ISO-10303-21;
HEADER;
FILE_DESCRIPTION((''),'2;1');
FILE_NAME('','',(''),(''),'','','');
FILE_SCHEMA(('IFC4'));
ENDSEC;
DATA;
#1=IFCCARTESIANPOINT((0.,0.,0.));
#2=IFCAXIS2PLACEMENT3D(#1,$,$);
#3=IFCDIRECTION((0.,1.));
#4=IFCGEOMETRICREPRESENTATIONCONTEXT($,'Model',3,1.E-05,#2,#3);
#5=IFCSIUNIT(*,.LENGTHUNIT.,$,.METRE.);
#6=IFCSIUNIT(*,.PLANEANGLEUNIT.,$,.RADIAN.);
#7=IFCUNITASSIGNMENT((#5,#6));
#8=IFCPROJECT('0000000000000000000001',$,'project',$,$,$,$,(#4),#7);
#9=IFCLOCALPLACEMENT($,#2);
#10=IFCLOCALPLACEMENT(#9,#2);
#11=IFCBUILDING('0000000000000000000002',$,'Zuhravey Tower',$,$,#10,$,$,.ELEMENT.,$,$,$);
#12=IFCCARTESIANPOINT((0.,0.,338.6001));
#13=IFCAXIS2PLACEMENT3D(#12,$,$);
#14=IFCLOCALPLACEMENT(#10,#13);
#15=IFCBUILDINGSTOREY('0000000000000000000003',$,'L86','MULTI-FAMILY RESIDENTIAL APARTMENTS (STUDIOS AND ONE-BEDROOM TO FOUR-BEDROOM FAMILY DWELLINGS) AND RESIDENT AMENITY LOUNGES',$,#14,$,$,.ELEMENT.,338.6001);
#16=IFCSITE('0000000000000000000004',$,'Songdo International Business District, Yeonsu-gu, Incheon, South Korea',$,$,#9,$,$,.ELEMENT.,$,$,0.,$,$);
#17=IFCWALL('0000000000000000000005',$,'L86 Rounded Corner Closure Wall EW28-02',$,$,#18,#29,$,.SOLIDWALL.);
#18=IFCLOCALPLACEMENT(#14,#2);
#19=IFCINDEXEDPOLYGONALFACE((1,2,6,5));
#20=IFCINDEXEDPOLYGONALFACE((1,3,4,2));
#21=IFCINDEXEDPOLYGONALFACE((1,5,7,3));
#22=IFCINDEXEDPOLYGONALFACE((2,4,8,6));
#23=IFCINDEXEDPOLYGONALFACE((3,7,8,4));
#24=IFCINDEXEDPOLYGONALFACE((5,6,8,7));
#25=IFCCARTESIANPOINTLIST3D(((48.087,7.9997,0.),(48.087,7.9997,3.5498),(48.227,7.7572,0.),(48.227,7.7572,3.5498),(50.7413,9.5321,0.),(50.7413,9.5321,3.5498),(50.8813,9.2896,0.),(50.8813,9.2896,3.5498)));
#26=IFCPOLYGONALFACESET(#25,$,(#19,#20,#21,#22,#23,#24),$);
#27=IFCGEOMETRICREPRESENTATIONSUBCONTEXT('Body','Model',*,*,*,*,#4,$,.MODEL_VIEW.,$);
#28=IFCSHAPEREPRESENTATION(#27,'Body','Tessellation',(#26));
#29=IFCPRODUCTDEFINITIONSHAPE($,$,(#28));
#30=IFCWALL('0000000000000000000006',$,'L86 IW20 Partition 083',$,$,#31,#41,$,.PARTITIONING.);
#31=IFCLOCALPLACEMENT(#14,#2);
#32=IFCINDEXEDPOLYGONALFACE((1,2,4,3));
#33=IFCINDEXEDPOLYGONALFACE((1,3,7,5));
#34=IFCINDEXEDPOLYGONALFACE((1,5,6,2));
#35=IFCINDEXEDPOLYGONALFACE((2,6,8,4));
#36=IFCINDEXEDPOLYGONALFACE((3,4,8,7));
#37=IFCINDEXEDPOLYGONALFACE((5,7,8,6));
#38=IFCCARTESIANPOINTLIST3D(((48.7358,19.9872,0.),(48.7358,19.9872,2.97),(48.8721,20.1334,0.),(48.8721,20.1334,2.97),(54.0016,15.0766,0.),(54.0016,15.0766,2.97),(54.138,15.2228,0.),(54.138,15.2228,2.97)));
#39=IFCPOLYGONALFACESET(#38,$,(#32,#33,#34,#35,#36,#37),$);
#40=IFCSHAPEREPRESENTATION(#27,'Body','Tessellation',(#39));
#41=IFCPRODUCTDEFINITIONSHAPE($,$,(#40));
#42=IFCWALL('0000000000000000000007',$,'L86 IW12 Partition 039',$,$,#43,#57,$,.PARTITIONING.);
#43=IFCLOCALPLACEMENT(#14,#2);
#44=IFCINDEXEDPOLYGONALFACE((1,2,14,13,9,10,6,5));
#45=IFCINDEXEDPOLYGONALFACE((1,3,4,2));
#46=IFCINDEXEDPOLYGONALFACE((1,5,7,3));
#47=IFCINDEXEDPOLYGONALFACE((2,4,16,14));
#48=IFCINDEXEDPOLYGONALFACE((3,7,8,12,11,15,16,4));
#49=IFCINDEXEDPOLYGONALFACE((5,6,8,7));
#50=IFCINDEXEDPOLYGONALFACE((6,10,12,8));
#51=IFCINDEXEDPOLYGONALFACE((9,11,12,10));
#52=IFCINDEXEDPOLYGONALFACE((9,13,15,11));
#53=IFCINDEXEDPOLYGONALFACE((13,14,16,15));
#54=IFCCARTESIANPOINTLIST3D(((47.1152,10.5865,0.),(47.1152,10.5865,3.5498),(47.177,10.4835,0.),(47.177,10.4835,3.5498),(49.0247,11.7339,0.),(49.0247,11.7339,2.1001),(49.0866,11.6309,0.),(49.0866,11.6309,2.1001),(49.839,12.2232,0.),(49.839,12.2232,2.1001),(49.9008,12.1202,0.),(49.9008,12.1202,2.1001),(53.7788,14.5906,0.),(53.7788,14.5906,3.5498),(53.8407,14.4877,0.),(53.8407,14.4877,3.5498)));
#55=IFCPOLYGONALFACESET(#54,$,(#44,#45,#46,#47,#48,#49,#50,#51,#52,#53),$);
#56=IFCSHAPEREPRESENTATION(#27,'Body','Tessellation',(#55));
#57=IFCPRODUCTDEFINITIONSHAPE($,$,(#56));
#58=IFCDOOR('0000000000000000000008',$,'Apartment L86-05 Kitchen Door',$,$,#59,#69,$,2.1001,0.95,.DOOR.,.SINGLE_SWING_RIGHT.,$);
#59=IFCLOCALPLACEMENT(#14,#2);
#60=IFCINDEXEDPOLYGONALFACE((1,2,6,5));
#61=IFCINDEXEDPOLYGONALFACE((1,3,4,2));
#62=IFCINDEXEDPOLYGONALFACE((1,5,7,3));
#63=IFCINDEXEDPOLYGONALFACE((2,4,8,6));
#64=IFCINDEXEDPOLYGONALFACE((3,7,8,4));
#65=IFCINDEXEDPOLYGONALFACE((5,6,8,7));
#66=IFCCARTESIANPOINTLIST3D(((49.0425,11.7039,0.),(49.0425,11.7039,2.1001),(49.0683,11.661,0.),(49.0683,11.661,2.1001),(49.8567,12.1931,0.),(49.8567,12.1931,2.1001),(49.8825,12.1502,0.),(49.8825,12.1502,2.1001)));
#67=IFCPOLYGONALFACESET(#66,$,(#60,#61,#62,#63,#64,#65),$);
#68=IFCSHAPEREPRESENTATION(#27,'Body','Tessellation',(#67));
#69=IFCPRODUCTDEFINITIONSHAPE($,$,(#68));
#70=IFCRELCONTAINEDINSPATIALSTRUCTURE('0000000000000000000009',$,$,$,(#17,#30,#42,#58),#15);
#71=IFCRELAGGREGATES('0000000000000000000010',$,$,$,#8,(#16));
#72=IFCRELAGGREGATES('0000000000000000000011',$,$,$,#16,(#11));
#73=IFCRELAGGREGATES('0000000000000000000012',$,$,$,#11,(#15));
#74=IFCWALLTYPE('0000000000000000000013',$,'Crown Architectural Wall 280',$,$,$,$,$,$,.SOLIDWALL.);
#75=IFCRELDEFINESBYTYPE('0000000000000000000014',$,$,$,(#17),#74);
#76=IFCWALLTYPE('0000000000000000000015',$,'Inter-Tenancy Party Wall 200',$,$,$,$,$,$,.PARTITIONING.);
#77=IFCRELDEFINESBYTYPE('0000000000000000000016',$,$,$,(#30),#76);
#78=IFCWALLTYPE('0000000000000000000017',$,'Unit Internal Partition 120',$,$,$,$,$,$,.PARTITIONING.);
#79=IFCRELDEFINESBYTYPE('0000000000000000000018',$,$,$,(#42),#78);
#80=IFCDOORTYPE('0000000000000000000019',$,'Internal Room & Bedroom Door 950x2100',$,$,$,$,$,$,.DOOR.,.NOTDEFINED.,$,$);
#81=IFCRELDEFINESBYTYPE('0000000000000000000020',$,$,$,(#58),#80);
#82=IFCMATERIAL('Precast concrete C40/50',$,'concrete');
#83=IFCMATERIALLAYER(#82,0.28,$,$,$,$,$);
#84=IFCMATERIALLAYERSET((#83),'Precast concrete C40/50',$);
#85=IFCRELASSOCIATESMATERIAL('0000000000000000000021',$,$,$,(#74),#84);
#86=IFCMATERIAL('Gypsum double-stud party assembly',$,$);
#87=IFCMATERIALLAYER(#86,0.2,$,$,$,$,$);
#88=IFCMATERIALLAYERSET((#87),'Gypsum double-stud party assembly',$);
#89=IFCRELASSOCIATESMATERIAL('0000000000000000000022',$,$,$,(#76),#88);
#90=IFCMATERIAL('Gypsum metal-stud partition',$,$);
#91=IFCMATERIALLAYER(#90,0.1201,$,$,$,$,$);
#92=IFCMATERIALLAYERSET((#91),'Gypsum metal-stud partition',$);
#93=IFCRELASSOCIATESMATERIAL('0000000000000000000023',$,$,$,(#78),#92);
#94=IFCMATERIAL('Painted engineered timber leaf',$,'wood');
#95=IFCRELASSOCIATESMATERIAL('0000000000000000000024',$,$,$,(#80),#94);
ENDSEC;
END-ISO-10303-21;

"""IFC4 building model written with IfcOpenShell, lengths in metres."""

from ifc_helpers import new_model, si_unit, direction, frame, frame_2d, origin, place, context, subcontext, project, spatial, rectangle, extrude, material, layer, layer_set, type_object, element, fill, save


model = new_model("IFC4")

# Units and contexts
model_context = context("Model", 3, precision=1e-05, world=origin(), true_north=direction((0.0, 1.0)))
body_context = subcontext(model_context, "Body", "Model", "MODEL_VIEW")
ifc_project = project(units=[si_unit("LENGTHUNIT", "METRE"), si_unit("PLANEANGLEUNIT", "RADIAN")], contexts=[model_context])

# Site, building, storey
site_placement = place(None, origin())
site = spatial("IfcSite", under=ifc_project, at=site_placement, Name="Songdo International Business District, Yeonsu-gu, Incheon, South Korea", CompositionType="ELEMENT", RefElevation=0.0)
building_placement = place(site_placement, origin())
building = spatial("IfcBuilding", under=site, at=building_placement, Name="Zuhravey Tower", CompositionType="ELEMENT")
storey_placement = place(building_placement, frame((0.0, 0.0, 338.6001)))
storey = spatial("IfcBuildingStorey", under=building, at=storey_placement, Name="L86", Description="MULTI-FAMILY RESIDENTIAL APARTMENTS (STUDIOS AND ONE-BEDROOM TO FOUR-BEDROOM FAMILY DWELLINGS) AND RESIDENT AMENITY LOUNGES", CompositionType="ELEMENT", Elevation=338.6001)

# Shared definitions
ifc_material_1 = material(Name="Precast concrete C40/50", Category="concrete")
ifc_layer_1 = layer(ifc_material_1, 0.28)
ifc_layer_set_1 = layer_set([ifc_layer_1], Name="Precast concrete C40/50")
wall_type_1 = type_object("IfcWallType", Name="Crown Architectural Wall 280", PredefinedType="SOLIDWALL", material=ifc_layer_set_1)

# Walls
wall_1_placement = place(storey_placement, frame((50.8113, 9.4109, 0.0), z_axis=(0.0, 0.0, 1.0), x_axis=(-0.866024, -0.500003, 0.0)))
element("IfcWall", 1, at=wall_1_placement, inside=storey, type_object=wall_type_1, Name="L86 Rounded Corner Closure Wall EW28-02", PredefinedType="SOLIDWALL", context=body_context, shape_type="SweptSolid", body=[
    extrude(rectangle(XDim=3.0649, YDim=0.28, at=frame_2d((1.5325, 0.0))), origin(), (0.0, 0.0, 1.0), 3.5498),
])
ifc_material_2 = material(Name="Gypsum double-stud party assembly")
ifc_layer_2 = layer(ifc_material_2, 0.2)
ifc_layer_set_2 = layer_set([ifc_layer_2], Name="Gypsum double-stud party assembly")
wall_type_2 = type_object("IfcWallType", Name="Inter-Tenancy Party Wall 200", PredefinedType="PARTITIONING", material=ifc_layer_set_2)
wall_2_placement = place(storey_placement, frame((48.804, 20.0603, 0.0), z_axis=(0.0, 0.0, 1.0), x_axis=(0.731344, -0.682009, 0.0)))
element("IfcWall", 2, at=wall_2_placement, inside=storey, type_object=wall_type_2, Name="L86 IW20 Partition 083", PredefinedType="PARTITIONING", context=body_context, shape_type="SweptSolid", body=[
    extrude(rectangle(XDim=7.2002, YDim=0.2, at=frame_2d((3.6001, 0.0))), origin(), (0.0, 0.0, 1.0), 2.97),
])

# Wall, opening, door
ifc_material_3 = material(Name="Gypsum metal-stud partition")
ifc_layer_3 = layer(ifc_material_3, 0.1201)
ifc_layer_set_3 = layer_set([ifc_layer_3], Name="Gypsum metal-stud partition")
wall_type_3 = type_object("IfcWallType", Name="Unit Internal Partition 120", PredefinedType="PARTITIONING", material=ifc_layer_set_3)
wall_3_placement = place(storey_placement, frame((47.146, 10.5349, 0.0), z_axis=(0.0, 0.0, 1.0), x_axis=(0.857152, 0.515064, 0.0)))
wall_3 = element("IfcWall", 3, at=wall_3_placement, inside=storey, type_object=wall_type_3, Name="L86 IW12 Partition 039", PredefinedType="PARTITIONING", context=body_context, shape_type="SweptSolid", body=[
    extrude(rectangle(XDim=7.7742, YDim=0.1201, at=frame_2d((3.8872, 0.0))), origin(), (0.0, 0.0, 1.0), 3.5498),
])
opening_1_placement = place(wall_3_placement, frame((2.2278, 0.0, 0.0)))
opening_1 = element("IfcOpeningElement", 4, at=opening_1_placement, cuts=wall_3, PredefinedType="OPENING", context=body_context, shape_type="SweptSolid", body=[
    extrude(rectangle(XDim=0.95, YDim=2.1001, at=frame_2d((0.4751, 1.05))), frame((0.0, 0.072, 0.0), z_axis=(0.0, -1.0, 0.0), x_axis=(1.0, 0.0, 0.0)), (0.0, 0.0, 1.0), 0.144),
])
ifc_material_4 = material(Name="Painted engineered timber leaf", Category="wood")
door_type_1 = type_object("IfcDoorType", Name="Internal Room & Bedroom Door 950x2100", OperationType="NOTDEFINED", PredefinedType="DOOR", material=ifc_material_4)
door_1_placement = place(opening_1_placement, frame((0.95, 0.0, 0.0), z_axis=(0.0, 0.0, 1.0), x_axis=(-1.0, 0.0, 0.0)))
door_1 = element("IfcDoor", 5, at=door_1_placement, inside=storey, type_object=door_type_1, Name="Apartment L86-05 Kitchen Door", OperationType="SINGLE_SWING_RIGHT", OverallHeight=2.1001, OverallWidth=0.95, PredefinedType="DOOR", context=body_context, shape_type="SweptSolid", body=[
    extrude(rectangle(XDim=0.95, YDim=2.1001, at=frame_2d((0.4751, 1.05))), frame((0.0, 0.0249, 0.0), z_axis=(0.0, -1.0, 0.0), x_axis=(1.0, 0.0, 0.0)), (0.0, 0.0, 1.0), 0.05),
])
fill(opening_1, door_1)

save(model, "model.ifc")
